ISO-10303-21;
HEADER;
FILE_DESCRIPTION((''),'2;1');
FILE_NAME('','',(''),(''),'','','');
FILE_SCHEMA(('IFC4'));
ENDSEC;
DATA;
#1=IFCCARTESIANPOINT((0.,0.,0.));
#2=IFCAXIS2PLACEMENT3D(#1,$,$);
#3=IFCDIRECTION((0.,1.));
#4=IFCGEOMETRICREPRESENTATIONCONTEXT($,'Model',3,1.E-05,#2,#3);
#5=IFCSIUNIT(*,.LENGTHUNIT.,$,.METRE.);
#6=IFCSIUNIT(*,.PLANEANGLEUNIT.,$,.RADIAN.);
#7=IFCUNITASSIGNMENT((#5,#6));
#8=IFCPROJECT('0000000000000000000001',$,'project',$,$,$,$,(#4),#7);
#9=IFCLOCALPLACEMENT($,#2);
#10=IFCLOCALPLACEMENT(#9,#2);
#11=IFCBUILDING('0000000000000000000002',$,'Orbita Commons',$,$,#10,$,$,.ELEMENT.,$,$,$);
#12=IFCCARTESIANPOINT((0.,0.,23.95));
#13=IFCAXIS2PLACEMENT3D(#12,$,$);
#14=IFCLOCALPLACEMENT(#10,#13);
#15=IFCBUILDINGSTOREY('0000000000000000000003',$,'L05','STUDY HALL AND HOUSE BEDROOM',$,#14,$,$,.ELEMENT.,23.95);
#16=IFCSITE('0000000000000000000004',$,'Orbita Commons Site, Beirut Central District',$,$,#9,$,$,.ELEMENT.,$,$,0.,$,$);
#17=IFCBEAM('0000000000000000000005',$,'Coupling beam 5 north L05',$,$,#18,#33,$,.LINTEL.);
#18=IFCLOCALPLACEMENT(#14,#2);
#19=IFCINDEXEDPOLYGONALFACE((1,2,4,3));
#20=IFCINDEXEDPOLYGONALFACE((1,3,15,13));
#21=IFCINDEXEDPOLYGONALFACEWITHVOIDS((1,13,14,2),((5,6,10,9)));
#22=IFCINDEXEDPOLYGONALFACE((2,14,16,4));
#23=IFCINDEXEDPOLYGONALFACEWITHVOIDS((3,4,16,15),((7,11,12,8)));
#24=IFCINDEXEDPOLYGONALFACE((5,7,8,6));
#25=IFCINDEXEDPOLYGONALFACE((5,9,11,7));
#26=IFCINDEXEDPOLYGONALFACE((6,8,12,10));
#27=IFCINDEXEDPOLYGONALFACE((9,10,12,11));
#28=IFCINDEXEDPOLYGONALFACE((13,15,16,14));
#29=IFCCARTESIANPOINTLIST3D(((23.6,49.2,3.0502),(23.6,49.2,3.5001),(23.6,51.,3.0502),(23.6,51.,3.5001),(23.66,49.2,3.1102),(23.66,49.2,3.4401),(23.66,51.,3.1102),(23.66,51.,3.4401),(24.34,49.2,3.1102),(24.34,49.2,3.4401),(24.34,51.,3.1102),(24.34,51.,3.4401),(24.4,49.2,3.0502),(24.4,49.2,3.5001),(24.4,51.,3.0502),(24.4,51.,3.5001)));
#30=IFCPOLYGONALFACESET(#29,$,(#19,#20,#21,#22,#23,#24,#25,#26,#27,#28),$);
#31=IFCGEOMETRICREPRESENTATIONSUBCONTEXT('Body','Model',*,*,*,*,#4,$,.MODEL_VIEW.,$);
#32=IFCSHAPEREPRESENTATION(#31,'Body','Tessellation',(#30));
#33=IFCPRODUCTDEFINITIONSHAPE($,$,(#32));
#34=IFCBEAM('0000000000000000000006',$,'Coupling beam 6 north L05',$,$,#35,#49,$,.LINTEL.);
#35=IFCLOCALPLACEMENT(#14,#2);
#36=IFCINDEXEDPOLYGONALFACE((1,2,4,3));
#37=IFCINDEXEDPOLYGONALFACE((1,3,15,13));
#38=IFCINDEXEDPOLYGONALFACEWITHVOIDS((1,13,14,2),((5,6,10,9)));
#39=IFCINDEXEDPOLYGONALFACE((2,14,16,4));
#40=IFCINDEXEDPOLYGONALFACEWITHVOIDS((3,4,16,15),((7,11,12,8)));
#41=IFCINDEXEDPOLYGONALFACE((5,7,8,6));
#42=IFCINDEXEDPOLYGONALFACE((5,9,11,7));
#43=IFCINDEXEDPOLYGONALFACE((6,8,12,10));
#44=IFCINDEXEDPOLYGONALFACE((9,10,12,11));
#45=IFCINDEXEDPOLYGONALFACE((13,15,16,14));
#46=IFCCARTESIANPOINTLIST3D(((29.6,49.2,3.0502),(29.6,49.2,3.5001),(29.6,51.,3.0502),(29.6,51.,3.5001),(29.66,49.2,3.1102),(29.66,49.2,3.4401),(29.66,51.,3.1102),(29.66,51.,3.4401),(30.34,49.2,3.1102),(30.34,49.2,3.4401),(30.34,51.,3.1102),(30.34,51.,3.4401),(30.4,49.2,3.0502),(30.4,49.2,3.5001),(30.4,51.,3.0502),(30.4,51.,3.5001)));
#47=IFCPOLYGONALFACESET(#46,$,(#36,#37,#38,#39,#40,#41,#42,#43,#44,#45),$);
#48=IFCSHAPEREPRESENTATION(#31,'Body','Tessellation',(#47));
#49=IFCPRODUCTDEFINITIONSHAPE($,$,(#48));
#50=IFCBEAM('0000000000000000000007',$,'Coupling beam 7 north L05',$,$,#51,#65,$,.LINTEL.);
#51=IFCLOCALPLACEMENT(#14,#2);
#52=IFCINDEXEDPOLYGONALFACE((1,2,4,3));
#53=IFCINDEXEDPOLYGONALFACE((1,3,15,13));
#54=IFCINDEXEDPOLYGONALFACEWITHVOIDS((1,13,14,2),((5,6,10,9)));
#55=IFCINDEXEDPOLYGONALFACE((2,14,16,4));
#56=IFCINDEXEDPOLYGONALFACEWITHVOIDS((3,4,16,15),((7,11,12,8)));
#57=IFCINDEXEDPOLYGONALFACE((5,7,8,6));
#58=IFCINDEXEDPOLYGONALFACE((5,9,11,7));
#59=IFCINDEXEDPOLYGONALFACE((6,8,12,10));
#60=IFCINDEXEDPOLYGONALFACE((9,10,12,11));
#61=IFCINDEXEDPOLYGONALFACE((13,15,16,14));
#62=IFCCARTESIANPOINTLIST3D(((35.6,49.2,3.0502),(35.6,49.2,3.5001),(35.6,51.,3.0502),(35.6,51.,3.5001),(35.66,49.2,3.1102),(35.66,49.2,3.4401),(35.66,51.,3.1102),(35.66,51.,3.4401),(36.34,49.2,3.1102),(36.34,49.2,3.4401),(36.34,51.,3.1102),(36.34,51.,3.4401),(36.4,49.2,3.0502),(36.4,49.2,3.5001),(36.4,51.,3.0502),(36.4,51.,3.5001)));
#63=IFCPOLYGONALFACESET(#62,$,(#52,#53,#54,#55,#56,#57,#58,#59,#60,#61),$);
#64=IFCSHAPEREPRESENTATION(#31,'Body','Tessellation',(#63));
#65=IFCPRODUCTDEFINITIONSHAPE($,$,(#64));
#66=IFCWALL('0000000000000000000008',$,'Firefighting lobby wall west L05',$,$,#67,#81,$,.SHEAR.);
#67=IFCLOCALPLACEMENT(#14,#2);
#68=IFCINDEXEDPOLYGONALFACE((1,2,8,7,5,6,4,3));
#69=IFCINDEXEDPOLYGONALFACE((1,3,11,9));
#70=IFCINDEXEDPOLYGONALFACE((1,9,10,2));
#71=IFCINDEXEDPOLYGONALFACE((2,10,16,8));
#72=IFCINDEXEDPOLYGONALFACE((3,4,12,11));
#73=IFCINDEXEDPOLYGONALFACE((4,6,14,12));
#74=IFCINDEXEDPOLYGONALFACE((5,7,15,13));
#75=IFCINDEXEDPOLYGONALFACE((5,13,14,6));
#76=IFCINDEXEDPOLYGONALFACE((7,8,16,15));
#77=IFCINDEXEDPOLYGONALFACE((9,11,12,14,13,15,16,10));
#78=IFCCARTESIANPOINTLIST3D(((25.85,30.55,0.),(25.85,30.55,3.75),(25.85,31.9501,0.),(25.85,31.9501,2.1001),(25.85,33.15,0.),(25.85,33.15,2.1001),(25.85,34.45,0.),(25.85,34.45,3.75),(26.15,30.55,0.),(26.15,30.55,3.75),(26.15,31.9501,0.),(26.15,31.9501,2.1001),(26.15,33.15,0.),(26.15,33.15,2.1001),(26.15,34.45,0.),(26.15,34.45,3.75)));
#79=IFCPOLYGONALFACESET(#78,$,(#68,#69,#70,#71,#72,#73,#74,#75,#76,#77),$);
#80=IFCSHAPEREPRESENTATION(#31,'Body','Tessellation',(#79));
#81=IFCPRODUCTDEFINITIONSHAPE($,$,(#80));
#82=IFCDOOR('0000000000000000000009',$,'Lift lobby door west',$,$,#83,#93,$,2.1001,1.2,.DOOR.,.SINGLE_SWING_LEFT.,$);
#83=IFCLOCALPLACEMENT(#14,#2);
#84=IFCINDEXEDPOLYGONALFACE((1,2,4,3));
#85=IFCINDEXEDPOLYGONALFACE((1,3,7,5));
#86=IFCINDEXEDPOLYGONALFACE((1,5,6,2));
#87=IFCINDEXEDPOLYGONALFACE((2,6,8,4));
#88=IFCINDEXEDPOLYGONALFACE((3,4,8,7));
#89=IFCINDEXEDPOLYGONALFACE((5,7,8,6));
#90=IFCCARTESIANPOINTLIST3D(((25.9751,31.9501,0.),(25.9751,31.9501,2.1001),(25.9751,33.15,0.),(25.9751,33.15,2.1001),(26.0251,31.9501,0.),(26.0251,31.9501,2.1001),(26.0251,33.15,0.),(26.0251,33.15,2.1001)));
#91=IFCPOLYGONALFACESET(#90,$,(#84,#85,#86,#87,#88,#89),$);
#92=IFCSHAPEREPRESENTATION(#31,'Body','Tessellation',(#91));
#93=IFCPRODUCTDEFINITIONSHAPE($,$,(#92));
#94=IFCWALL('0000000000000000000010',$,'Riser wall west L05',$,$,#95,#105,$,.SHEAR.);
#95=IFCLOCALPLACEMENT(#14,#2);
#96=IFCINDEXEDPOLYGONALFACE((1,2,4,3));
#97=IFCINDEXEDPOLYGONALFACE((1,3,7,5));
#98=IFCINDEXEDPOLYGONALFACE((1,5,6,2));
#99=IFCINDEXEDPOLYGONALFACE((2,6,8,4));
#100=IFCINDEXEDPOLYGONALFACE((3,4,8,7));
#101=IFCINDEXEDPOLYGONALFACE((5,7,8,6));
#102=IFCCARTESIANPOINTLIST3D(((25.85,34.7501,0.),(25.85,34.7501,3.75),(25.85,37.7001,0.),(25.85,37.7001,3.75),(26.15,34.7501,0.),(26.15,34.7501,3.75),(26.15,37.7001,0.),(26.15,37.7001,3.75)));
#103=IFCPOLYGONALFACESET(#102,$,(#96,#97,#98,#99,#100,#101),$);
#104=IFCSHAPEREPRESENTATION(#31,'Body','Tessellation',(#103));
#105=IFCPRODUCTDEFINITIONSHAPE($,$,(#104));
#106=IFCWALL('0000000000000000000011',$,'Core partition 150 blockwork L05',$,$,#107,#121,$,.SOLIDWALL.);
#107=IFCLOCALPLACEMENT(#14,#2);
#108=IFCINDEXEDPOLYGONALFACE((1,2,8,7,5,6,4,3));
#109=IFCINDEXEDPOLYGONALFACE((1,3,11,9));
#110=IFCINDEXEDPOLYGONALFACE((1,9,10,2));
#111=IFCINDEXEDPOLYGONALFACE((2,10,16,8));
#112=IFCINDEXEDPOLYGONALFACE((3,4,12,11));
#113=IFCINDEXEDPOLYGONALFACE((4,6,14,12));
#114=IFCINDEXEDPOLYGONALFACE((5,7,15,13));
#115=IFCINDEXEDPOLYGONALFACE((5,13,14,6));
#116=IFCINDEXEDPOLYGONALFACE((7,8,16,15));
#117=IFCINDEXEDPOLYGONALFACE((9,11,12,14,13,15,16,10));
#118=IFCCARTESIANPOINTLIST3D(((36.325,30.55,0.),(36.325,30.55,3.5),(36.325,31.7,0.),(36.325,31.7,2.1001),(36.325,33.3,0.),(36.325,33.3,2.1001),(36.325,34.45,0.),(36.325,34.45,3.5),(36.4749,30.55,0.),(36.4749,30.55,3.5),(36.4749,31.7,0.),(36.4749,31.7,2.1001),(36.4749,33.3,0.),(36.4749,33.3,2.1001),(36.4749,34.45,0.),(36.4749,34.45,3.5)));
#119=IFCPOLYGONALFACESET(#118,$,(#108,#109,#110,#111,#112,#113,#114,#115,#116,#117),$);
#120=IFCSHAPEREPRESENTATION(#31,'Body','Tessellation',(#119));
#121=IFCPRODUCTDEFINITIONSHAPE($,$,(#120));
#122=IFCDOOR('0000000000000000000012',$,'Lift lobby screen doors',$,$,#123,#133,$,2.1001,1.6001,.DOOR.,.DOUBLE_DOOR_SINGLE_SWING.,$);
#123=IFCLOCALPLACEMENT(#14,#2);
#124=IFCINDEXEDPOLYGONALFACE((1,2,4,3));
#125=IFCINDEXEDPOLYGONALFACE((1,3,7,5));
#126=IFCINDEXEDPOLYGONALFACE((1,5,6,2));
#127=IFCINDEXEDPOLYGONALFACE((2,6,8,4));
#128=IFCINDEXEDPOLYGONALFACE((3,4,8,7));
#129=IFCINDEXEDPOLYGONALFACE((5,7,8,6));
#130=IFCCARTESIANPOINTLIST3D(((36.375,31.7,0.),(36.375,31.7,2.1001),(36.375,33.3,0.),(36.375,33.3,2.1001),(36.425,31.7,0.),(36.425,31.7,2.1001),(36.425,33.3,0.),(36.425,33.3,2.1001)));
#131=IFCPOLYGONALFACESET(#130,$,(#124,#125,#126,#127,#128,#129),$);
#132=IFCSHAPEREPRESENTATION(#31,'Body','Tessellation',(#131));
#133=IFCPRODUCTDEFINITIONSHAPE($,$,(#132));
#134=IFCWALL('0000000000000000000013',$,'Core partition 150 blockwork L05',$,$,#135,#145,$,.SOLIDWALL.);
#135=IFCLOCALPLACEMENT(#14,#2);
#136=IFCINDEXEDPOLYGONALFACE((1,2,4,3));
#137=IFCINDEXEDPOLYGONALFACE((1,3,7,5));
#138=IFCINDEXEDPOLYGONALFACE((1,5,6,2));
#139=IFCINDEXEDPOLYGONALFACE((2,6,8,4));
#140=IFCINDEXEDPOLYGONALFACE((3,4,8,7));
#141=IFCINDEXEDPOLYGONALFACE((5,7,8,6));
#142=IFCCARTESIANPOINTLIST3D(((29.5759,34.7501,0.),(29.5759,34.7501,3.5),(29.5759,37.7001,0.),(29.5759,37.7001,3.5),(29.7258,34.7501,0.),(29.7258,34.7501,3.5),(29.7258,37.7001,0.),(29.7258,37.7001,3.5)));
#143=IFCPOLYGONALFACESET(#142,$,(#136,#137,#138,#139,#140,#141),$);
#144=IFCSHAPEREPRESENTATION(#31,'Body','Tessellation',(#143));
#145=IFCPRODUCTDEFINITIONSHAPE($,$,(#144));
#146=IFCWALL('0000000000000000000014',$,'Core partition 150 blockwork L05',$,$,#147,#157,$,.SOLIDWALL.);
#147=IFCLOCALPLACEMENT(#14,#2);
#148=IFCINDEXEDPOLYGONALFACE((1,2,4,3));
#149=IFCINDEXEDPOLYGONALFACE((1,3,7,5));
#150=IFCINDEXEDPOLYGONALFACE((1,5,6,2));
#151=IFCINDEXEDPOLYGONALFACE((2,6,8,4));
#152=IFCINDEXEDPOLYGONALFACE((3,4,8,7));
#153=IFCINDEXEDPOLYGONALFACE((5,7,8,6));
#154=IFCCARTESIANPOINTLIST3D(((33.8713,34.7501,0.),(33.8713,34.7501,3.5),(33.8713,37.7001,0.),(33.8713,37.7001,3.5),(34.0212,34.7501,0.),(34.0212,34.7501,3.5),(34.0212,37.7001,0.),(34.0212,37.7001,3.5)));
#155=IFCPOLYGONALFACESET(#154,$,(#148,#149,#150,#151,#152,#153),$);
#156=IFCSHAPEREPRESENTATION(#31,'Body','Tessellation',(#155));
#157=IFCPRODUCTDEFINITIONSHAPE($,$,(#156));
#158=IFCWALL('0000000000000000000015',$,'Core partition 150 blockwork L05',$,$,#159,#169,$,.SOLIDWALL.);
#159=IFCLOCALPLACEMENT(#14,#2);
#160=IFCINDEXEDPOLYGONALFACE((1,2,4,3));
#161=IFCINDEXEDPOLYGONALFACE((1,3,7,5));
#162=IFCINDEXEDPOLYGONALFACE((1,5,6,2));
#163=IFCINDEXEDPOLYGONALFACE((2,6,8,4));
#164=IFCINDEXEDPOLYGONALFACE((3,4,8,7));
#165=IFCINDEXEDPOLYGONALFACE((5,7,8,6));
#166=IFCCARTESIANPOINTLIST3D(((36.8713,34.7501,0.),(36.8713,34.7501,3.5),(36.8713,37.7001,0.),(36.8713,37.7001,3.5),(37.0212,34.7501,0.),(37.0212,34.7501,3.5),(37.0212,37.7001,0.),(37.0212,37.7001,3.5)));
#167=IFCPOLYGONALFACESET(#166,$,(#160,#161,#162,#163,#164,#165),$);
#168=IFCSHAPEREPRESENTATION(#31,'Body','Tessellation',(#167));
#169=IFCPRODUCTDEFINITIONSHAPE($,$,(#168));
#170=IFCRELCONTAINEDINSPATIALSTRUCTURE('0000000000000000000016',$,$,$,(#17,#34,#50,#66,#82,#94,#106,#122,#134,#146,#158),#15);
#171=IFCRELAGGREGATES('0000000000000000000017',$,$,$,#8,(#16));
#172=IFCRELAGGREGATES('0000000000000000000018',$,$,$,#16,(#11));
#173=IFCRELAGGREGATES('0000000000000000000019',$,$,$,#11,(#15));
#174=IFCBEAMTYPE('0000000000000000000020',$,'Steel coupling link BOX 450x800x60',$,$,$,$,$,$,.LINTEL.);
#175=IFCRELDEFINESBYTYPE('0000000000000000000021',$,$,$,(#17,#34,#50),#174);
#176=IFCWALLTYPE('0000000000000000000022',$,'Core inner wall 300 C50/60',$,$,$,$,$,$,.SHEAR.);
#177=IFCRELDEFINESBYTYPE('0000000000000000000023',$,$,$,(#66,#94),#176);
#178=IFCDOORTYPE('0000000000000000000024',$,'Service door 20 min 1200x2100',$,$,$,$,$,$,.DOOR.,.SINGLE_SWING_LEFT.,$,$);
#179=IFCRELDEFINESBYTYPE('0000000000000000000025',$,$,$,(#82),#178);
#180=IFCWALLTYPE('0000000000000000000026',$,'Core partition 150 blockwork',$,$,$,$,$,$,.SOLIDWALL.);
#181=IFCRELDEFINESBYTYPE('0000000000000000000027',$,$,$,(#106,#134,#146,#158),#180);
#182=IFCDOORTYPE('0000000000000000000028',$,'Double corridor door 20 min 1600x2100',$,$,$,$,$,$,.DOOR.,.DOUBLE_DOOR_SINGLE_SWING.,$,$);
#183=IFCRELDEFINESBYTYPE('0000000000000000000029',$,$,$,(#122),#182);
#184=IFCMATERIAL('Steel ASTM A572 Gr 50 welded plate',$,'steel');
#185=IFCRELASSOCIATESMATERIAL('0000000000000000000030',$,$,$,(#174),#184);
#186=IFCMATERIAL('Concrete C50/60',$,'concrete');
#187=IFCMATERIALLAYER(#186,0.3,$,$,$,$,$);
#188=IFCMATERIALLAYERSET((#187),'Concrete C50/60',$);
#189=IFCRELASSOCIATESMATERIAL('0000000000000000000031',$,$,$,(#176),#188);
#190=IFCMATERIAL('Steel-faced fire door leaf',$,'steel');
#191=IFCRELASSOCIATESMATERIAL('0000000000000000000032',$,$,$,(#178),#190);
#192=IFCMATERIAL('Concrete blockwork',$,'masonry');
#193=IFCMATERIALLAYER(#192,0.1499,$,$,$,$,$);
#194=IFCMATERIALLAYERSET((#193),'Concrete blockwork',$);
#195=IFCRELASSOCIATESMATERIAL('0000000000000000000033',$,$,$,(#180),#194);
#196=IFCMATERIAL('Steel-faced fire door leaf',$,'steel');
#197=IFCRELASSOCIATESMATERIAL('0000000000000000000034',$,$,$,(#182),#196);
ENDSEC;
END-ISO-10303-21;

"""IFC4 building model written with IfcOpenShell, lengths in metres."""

from ifc_helpers import new_model, si_unit, direction, frame, frame_2d, origin, origin_2d, place, context, subcontext, project, spatial, rectangle, hollow_rectangle, extrude, material, layer, layer_set, material_profile, profile_set, type_object, element, fill, save


model = new_model("IFC4")

# Units and contexts
model_context = context("Model", 3, precision=1e-05, world=origin(), true_north=direction((0.0, 1.0)))
body_context = subcontext(model_context, "Body", "Model", "MODEL_VIEW")
ifc_project = project(units=[si_unit("LENGTHUNIT", "METRE"), si_unit("PLANEANGLEUNIT", "RADIAN")], contexts=[model_context])

# Site, building, storey
site_placement = place(None, origin())
site = spatial("IfcSite", under=ifc_project, at=site_placement, Name="Orbita Commons Site, Beirut Central District", CompositionType="ELEMENT", RefElevation=0.0)
building_placement = place(site_placement, origin())
building = spatial("IfcBuilding", under=site, at=building_placement, Name="Orbita Commons", CompositionType="ELEMENT")
storey_placement = place(building_placement, frame((0.0, 0.0, 23.95)))
storey = spatial("IfcBuildingStorey", under=building, at=storey_placement, Name="L05", Description="STUDY HALL AND HOUSE BEDROOM", CompositionType="ELEMENT", Elevation=23.95)

# Beams
ifc_material_1 = material(Name="Steel ASTM A572 Gr 50 welded plate", Category="steel")
ifc_material_profile = material_profile(ifc_material_1, hollow_rectangle(XDim=0.8, YDim=0.45, WallThickness=0.0601, at=origin_2d()), Name="BOX 450x800x60")
ifc_profile_set = profile_set([ifc_material_profile], Name="Steel ASTM A572 Gr 50 welded plate")
beam_type = type_object("IfcBeamType", Name="Steel coupling link BOX 450x800x60", PredefinedType="LINTEL", material=ifc_profile_set)
for number, where, z_axis, x_axis, name in (
    (1, (24.0, 49.2, 3.2751), (0.0, 1.0, 0.0), (-1.0, 0.0, 0.0), "Coupling beam 5 north L05"),
    (2, (30.0, 49.2, 3.2751), (0.0, 1.0, 0.0), (-1.0, 0.0, 0.0), "Coupling beam 6 north L05"),
    (3, (36.0, 49.2, 3.2751), (0.0, 1.0, 0.0), (-1.0, 0.0, 0.0), "Coupling beam 7 north L05"),
):
    element("IfcBeam", number, at=place(storey_placement, frame(where, z_axis=z_axis, x_axis=x_axis)), inside=storey, type_object=beam_type, Name=name, PredefinedType="LINTEL", context=body_context, shape_type="SweptSolid", body=[
        extrude(hollow_rectangle(XDim=0.8, YDim=0.45, WallThickness=0.0601, at=origin_2d()), origin(), (0.0, 0.0, 1.0), 1.8),
    ])

# Wall, opening, door
ifc_material_2 = material(Name="Concrete C50/60", Category="concrete")
ifc_layer_1 = layer(ifc_material_2, 0.3)
ifc_layer_set_1 = layer_set([ifc_layer_1], Name="Concrete C50/60")
wall_type_1 = type_object("IfcWallType", Name="Core inner wall 300 C50/60", PredefinedType="SHEAR", material=ifc_layer_set_1)
wall_1_placement = place(storey_placement, frame((26.0, 30.55, 0.0), z_axis=(0.0, 0.0, 1.0), x_axis=(0.0, 1.0, 0.0)))
wall_1 = element("IfcWall", 4, at=wall_1_placement, inside=storey, type_object=wall_type_1, Name="Firefighting lobby wall west L05", PredefinedType="SHEAR", context=body_context, shape_type="SweptSolid", body=[
    extrude(rectangle(XDim=3.8999, YDim=0.3, at=frame_2d((1.95, 0.0))), origin(), (0.0, 0.0, 1.0), 3.75),
])
opening_1_placement = place(wall_1_placement, frame((1.3999, 0.0, 0.0)))
opening_1 = element("IfcOpeningElement", 5, at=opening_1_placement, cuts=wall_1, PredefinedType="OPENING", context=body_context, shape_type="SweptSolid", body=[
    extrude(rectangle(XDim=1.2, YDim=2.1001, at=frame_2d((0.6001, 1.05))), frame((0.0, 0.1599, 0.0), z_axis=(0.0, -1.0, 0.0), x_axis=(1.0, 0.0, 0.0)), (0.0, 0.0, 1.0), 0.3201),
])
ifc_material_3 = material(Name="Steel-faced fire door leaf", Category="steel")
door_type_1 = type_object("IfcDoorType", Name="Service door 20 min 1200x2100", OperationType="SINGLE_SWING_LEFT", PredefinedType="DOOR", material=ifc_material_3)
door_1_placement = place(opening_1_placement, origin())
door_1 = element("IfcDoor", 6, at=door_1_placement, inside=storey, type_object=door_type_1, Name="Lift lobby door west", OperationType="SINGLE_SWING_LEFT", OverallHeight=2.1001, OverallWidth=1.2, PredefinedType="DOOR", context=body_context, shape_type="SweptSolid", body=[
    extrude(rectangle(XDim=1.2, YDim=2.1001, at=frame_2d((0.6001, 1.05))), frame((0.0, 0.0249, 0.0), z_axis=(0.0, -1.0, 0.0), x_axis=(1.0, 0.0, 0.0)), (0.0, 0.0, 1.0), 0.05),
])
fill(opening_1, door_1)

# Wall
wall_2_placement = place(storey_placement, frame((26.0, 34.75, 0.0), z_axis=(0.0, 0.0, 1.0), x_axis=(0.0, 1.0, 0.0)))
element("IfcWall", 7, at=wall_2_placement, inside=storey, type_object=wall_type_1, Name="Riser wall west L05", PredefinedType="SHEAR", context=body_context, shape_type="SweptSolid", body=[
    extrude(rectangle(XDim=2.95, YDim=0.3, at=frame_2d((1.4751, 0.0))), origin(), (0.0, 0.0, 1.0), 3.75),
])

# Wall, opening, door
ifc_material_4 = material(Name="Concrete blockwork", Category="masonry")
ifc_layer_2 = layer(ifc_material_4, 0.1499)
ifc_layer_set_2 = layer_set([ifc_layer_2], Name="Concrete blockwork")
wall_type_2 = type_object("IfcWallType", Name="Core partition 150 blockwork", PredefinedType="SOLIDWALL", material=ifc_layer_set_2)
wall_3_placement = place(storey_placement, frame((36.3999, 30.55, 0.0), z_axis=(0.0, 0.0, 1.0), x_axis=(0.0, 1.0, 0.0)))
wall_3 = element("IfcWall", 8, at=wall_3_placement, inside=storey, type_object=wall_type_2, Name="Core partition 150 blockwork L05", PredefinedType="SOLIDWALL", context=body_context, shape_type="SweptSolid", body=[
    extrude(rectangle(XDim=3.8999, YDim=0.1499, at=frame_2d((1.95, 0.0))), origin(), (0.0, 0.0, 1.0), 3.5),
])
opening_2_placement = place(wall_3_placement, frame((1.1499, 0.0, 0.0)))
opening_2 = element("IfcOpeningElement", 9, at=opening_2_placement, cuts=wall_3, PredefinedType="OPENING", context=body_context, shape_type="SweptSolid", body=[
    extrude(rectangle(XDim=1.6001, YDim=2.1001, at=frame_2d((0.8, 1.05))), frame((0.0, 0.085, 0.0), z_axis=(0.0, -1.0, 0.0), x_axis=(1.0, 0.0, 0.0)), (0.0, 0.0, 1.0), 0.1699),
])
ifc_material_5 = material(Name="Steel-faced fire door leaf", Category="steel")
door_type_2 = type_object("IfcDoorType", Name="Double corridor door 20 min 1600x2100", OperationType="DOUBLE_DOOR_SINGLE_SWING", PredefinedType="DOOR", material=ifc_material_5)
door_2_placement = place(opening_2_placement, origin())
door_2 = element("IfcDoor", 10, at=door_2_placement, inside=storey, type_object=door_type_2, Name="Lift lobby screen doors", OperationType="DOUBLE_DOOR_SINGLE_SWING", OverallHeight=2.1001, OverallWidth=1.6001, PredefinedType="DOOR", context=body_context, shape_type="SweptSolid", body=[
    extrude(rectangle(XDim=1.6001, YDim=2.1001, at=frame_2d((0.8, 1.05))), frame((0.0, 0.0249, 0.0), z_axis=(0.0, -1.0, 0.0), x_axis=(1.0, 0.0, 0.0)), (0.0, 0.0, 1.0), 0.05),
])
fill(opening_2, door_2)

# Walls
for number, where, z_axis, x_axis, name in (
    (11, (29.6509, 34.75, 0.0), (0.0, 0.0, 1.0), (0.0, 1.0, 0.0), "Core partition 150 blockwork L05"),
    (12, (33.9463, 34.75, 0.0), (0.0, 0.0, 1.0), (0.0, 1.0, 0.0), "Core partition 150 blockwork L05"),
    (13, (36.9463, 34.75, 0.0), (0.0, 0.0, 1.0), (0.0, 1.0, 0.0), "Core partition 150 blockwork L05"),
):
    element("IfcWall", number, at=place(storey_placement, frame(where, z_axis=z_axis, x_axis=x_axis)), inside=storey, type_object=wall_type_2, Name=name, PredefinedType="SOLIDWALL", context=body_context, shape_type="SweptSolid", body=[
        extrude(rectangle(XDim=2.95, YDim=0.1499, at=frame_2d((1.4751, 0.0))), origin(), (0.0, 0.0, 1.0), 3.5),
    ])

save(model, "model.ifc")
